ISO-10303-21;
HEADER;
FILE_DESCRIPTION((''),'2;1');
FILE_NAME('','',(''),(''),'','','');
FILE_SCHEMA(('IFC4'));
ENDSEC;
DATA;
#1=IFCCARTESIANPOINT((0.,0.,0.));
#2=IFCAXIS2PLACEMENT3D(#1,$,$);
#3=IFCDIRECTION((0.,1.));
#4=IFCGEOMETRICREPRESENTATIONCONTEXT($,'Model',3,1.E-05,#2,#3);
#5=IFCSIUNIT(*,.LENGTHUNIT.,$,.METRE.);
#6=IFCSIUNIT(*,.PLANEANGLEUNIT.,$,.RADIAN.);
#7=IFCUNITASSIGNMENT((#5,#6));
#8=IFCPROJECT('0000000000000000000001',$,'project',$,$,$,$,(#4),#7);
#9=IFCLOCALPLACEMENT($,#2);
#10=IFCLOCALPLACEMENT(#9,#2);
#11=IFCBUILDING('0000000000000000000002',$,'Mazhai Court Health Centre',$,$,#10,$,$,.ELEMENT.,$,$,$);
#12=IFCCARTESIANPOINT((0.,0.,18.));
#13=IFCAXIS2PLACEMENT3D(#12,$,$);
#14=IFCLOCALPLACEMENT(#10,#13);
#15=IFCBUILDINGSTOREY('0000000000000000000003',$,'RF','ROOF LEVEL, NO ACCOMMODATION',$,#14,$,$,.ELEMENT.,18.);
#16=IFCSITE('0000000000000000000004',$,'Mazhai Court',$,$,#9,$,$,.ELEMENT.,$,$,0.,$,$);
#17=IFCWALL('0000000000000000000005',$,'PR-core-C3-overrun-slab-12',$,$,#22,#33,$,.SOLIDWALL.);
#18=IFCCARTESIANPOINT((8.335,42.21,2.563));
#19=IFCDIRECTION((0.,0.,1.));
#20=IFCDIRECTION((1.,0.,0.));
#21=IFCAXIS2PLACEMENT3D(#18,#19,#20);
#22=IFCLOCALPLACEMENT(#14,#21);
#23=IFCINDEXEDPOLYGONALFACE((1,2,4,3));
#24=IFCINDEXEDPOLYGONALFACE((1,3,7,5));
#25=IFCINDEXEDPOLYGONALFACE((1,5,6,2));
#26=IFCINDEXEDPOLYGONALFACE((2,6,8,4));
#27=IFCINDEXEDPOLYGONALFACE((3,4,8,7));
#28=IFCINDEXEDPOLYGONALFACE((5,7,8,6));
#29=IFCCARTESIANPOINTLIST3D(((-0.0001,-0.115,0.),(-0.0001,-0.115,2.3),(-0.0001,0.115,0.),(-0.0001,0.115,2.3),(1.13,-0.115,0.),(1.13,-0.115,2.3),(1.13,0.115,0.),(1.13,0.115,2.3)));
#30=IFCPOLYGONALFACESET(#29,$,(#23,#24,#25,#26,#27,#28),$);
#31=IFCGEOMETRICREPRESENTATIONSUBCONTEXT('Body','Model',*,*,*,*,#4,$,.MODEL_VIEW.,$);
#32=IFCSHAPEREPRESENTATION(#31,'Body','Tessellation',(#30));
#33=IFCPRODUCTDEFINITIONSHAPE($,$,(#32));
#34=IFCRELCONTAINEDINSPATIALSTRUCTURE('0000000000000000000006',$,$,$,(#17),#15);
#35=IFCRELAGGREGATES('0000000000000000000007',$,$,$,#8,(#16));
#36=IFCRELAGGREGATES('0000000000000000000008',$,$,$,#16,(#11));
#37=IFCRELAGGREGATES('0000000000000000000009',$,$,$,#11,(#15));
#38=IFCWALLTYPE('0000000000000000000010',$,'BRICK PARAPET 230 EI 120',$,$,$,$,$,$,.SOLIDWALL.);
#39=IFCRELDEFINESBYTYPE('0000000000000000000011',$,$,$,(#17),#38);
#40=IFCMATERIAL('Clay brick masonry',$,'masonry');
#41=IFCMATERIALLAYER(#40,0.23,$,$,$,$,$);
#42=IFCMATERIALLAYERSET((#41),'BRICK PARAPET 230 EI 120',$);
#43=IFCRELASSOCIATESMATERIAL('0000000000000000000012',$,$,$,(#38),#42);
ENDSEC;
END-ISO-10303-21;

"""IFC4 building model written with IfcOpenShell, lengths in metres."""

from ifc_helpers import new_model, si_unit, direction, frame, frame_2d, origin, place, context, subcontext, project, spatial, rectangle, extrude, material, layer, layer_set, type_object, element, save


model = new_model("IFC4")

# Units and contexts
model_context = context("Model", 3, precision=1e-05, world=origin(), true_north=direction((0.0, 1.0)))
body_context = subcontext(model_context, "Body", "Model", "MODEL_VIEW")
ifc_project = project(units=[si_unit("LENGTHUNIT", "METRE"), si_unit("PLANEANGLEUNIT", "RADIAN")], contexts=[model_context])

# Site, building, storey
site_placement = place(None, origin())
site = spatial("IfcSite", under=ifc_project, at=site_placement, Name="Mazhai Court", CompositionType="ELEMENT", RefElevation=0.0)
building_placement = place(site_placement, origin())
building = spatial("IfcBuilding", under=site, at=building_placement, Name="Mazhai Court Health Centre", CompositionType="ELEMENT")
storey_placement = place(building_placement, frame((0.0, 0.0, 18.0)))
storey = spatial("IfcBuildingStorey", under=building, at=storey_placement, Name="RF", Description="ROOF LEVEL, NO ACCOMMODATION", CompositionType="ELEMENT", Elevation=18.0)

# Wall
ifc_material_1 = material(Name="Clay brick masonry", Category="masonry")
ifc_layer_1 = layer(ifc_material_1, 0.23)
ifc_layer_set_1 = layer_set([ifc_layer_1], Name="BRICK PARAPET 230 EI 120")
wall_type_1 = type_object("IfcWallType", Name="BRICK PARAPET 230 EI 120", PredefinedType="SOLIDWALL", material=ifc_layer_set_1)
wall_1_placement = place(storey_placement, frame((8.335, 42.21, 2.563), z_axis=(0.0, 0.0, 1.0), x_axis=(1.0, 0.0, 0.0)))
element("IfcWall", 1, at=wall_1_placement, inside=storey, type_object=wall_type_1, Name="PR-core-C3-overrun-slab-12", PredefinedType="SOLIDWALL", context=body_context, shape_type="SweptSolid", body=[
    extrude(rectangle(XDim=1.1301, YDim=0.23, at=frame_2d((0.5649, 0.0))), origin(), (0.0, 0.0, 1.0), 2.3),
])

save(model, "model.ifc")
